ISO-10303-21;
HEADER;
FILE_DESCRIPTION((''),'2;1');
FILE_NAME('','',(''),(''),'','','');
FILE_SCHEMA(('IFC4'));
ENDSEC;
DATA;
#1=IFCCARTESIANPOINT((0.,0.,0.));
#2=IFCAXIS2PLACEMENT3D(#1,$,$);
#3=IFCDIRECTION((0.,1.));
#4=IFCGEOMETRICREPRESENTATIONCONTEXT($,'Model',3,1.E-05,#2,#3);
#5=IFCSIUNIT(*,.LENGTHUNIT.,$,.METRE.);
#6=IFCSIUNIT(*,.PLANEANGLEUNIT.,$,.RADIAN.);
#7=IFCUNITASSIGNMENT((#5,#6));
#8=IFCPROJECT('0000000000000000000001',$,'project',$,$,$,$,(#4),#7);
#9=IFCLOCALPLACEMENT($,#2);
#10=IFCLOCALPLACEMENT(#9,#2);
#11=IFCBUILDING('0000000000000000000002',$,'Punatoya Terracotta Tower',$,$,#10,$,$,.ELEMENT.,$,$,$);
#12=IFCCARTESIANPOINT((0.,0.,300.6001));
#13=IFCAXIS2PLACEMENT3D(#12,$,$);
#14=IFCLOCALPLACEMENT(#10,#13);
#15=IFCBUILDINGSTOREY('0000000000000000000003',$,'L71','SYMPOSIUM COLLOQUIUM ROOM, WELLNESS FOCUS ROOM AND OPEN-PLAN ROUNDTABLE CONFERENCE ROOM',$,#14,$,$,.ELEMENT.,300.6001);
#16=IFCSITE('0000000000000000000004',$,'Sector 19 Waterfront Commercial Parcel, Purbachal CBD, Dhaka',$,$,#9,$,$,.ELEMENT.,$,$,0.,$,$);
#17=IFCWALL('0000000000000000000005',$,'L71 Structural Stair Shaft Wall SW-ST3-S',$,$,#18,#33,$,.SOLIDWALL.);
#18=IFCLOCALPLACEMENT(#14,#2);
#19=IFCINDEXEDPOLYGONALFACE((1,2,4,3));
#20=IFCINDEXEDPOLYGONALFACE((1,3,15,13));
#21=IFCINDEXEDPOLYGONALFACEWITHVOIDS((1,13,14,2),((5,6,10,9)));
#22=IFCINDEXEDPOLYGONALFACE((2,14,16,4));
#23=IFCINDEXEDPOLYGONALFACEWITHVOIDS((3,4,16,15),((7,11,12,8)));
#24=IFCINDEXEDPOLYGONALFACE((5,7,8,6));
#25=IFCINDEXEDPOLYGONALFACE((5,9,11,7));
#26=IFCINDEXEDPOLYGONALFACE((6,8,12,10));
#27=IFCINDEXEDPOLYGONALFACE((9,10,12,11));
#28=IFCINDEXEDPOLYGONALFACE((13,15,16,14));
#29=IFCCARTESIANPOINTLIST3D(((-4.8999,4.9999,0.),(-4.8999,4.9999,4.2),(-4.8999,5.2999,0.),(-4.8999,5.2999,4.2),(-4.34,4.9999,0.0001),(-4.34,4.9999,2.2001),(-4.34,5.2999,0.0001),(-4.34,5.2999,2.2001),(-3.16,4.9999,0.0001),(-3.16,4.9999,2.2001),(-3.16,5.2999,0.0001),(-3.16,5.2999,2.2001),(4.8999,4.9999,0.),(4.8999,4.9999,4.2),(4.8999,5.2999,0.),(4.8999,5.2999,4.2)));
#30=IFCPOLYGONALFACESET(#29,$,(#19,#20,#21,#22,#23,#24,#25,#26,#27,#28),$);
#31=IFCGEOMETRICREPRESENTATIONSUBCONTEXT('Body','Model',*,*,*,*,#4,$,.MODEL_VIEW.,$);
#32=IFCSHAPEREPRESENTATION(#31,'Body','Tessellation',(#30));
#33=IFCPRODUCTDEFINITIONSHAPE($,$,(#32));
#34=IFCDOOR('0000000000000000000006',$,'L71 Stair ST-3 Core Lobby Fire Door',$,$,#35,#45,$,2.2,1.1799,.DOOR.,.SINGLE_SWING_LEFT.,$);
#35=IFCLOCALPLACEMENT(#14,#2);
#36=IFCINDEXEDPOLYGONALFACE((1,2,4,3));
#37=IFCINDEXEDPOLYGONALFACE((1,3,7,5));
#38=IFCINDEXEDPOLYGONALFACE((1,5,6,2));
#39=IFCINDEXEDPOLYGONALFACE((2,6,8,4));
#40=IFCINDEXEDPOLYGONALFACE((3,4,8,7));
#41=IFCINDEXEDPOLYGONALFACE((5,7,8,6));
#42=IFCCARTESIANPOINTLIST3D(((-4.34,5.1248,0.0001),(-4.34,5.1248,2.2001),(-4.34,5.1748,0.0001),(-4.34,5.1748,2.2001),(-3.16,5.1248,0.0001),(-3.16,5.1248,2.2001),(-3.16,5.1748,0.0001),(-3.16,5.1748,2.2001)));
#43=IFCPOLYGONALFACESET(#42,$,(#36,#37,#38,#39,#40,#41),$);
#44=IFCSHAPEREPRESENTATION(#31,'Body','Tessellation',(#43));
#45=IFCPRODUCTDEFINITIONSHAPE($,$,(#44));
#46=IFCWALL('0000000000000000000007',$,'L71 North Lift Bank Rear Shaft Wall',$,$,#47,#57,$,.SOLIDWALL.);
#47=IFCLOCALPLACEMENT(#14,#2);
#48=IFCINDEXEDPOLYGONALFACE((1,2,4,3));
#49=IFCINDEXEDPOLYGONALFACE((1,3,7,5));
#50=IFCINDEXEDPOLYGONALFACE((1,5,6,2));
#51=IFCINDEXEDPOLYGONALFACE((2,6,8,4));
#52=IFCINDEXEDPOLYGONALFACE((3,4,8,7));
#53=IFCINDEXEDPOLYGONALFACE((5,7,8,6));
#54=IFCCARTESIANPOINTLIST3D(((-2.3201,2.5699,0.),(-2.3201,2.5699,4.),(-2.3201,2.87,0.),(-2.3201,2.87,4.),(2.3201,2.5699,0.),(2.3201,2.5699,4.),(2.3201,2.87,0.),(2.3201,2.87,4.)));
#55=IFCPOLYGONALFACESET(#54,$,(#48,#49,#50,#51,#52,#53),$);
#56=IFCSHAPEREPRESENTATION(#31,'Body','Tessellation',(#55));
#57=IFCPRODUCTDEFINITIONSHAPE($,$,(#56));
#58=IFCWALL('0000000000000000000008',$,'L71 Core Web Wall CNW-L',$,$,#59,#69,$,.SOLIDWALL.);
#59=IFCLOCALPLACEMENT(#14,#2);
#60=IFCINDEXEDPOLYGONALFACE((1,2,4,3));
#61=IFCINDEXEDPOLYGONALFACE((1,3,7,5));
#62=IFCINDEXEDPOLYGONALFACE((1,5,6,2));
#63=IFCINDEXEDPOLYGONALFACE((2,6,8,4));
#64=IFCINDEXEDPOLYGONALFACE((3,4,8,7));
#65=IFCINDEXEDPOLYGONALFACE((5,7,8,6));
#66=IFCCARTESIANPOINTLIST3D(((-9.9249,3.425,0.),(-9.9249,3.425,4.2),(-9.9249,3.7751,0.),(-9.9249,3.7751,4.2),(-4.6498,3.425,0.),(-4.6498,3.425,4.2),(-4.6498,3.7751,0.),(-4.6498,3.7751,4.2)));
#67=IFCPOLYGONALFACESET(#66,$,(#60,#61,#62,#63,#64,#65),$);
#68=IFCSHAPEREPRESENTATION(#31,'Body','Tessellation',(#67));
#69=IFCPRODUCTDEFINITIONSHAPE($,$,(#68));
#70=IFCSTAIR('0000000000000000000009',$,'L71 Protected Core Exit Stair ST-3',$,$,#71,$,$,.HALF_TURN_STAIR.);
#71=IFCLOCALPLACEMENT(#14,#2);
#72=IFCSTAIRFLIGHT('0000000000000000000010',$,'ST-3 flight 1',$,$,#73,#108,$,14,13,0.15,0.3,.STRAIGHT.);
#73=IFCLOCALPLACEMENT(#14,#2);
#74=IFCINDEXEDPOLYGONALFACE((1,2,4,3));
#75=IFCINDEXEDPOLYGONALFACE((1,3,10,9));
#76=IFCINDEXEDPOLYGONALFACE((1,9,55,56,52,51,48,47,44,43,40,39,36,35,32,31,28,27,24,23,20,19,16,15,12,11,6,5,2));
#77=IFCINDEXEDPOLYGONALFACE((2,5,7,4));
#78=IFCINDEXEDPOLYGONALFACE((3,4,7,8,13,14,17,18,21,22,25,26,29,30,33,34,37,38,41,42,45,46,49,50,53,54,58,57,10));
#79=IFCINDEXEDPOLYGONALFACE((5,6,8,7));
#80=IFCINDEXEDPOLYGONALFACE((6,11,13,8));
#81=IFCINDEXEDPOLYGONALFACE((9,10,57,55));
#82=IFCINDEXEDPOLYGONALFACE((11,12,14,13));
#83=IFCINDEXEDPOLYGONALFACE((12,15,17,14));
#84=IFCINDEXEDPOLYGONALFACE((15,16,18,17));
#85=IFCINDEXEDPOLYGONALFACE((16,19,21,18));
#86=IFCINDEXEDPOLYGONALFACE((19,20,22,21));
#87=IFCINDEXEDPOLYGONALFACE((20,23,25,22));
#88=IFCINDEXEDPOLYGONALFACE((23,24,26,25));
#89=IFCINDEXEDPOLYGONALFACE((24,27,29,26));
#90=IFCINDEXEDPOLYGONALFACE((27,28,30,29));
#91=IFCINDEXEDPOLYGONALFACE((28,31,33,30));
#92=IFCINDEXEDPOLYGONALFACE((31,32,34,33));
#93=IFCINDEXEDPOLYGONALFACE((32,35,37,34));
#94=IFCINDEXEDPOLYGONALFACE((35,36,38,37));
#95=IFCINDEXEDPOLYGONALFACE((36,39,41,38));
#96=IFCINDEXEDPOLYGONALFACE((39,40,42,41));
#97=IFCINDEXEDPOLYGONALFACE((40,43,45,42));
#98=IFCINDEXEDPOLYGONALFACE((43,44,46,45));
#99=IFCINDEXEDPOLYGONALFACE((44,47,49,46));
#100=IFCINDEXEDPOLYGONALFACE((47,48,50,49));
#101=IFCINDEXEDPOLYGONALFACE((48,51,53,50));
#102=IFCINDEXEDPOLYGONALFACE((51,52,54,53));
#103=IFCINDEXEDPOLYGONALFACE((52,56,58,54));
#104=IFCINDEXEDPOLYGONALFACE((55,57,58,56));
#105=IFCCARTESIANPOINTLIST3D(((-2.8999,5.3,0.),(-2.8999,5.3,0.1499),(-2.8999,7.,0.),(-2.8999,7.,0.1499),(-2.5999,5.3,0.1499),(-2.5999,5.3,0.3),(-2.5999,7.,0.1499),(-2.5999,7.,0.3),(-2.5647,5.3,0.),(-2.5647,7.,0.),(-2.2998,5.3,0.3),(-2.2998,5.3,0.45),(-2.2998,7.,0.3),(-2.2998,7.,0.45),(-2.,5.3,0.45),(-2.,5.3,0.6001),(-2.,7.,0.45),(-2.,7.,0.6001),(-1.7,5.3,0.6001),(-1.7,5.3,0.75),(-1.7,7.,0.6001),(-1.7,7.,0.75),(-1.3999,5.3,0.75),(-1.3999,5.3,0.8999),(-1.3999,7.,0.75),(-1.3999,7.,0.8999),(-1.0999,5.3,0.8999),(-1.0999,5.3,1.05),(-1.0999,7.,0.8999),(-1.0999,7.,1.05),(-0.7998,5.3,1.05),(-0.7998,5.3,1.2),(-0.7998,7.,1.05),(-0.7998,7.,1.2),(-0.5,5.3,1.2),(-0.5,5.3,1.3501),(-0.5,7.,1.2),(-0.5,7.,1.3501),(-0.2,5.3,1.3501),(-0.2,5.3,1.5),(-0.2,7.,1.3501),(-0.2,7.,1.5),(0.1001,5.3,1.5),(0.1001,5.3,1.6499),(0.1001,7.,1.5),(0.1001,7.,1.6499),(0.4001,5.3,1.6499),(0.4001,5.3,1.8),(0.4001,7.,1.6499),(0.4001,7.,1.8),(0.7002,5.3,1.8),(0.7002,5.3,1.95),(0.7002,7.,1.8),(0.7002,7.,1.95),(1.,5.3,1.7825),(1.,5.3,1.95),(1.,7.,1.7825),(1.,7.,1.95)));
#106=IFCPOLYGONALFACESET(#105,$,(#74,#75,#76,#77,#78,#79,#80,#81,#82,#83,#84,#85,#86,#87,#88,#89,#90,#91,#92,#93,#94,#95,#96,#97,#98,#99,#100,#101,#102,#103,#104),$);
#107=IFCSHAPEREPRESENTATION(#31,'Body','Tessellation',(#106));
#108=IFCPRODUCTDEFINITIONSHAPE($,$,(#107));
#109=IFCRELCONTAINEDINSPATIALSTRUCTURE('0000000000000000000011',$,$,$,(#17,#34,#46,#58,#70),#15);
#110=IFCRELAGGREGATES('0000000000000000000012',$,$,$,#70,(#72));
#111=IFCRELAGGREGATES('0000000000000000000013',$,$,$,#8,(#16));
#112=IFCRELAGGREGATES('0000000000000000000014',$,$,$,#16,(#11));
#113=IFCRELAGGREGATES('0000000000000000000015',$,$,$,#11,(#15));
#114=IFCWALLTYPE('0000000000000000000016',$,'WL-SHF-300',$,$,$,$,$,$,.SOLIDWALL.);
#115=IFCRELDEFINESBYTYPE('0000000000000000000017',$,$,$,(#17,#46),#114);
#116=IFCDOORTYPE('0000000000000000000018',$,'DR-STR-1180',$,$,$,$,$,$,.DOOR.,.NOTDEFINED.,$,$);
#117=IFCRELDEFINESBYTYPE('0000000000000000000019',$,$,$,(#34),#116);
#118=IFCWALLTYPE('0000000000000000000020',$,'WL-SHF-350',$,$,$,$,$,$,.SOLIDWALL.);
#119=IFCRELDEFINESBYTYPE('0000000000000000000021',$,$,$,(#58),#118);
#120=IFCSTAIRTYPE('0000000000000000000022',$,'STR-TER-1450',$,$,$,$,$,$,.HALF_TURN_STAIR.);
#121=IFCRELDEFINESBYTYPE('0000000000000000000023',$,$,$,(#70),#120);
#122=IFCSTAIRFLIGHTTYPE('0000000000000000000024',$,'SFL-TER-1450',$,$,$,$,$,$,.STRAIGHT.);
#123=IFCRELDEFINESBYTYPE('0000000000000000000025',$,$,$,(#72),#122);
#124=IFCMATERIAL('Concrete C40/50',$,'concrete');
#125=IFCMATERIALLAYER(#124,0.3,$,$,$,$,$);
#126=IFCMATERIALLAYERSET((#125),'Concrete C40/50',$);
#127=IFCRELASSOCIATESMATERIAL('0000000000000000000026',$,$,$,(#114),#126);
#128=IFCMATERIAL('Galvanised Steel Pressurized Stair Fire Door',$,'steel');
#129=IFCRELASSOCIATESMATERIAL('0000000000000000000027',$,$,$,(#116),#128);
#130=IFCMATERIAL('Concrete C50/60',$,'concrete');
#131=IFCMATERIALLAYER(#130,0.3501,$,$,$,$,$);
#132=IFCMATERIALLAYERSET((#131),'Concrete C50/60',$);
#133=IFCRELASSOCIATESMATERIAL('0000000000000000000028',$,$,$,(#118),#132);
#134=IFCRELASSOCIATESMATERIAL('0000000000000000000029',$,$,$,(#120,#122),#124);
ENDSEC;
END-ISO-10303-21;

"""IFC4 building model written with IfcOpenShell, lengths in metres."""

from ifc_helpers import new_model, si_unit, direction, frame, frame_2d, origin, place, context, subcontext, project, spatial, polyline, rectangle, outline, extrude, material, layer, layer_set, type_object, element, fill, aggregate, save


model = new_model("IFC4")

# Units and contexts
model_context = context("Model", 3, precision=1e-05, world=origin(), true_north=direction((0.0, 1.0)))
body_context = subcontext(model_context, "Body", "Model", "MODEL_VIEW")
ifc_project = project(units=[si_unit("LENGTHUNIT", "METRE"), si_unit("PLANEANGLEUNIT", "RADIAN")], contexts=[model_context])

# Site, building, storey
site_placement = place(None, origin())
site = spatial("IfcSite", under=ifc_project, at=site_placement, Name="Sector 19 Waterfront Commercial Parcel, Purbachal CBD, Dhaka", CompositionType="ELEMENT", RefElevation=0.0)
building_placement = place(site_placement, origin())
building = spatial("IfcBuilding", under=site, at=building_placement, Name="Punatoya Terracotta Tower", CompositionType="ELEMENT")
storey_placement = place(building_placement, frame((0.0, 0.0, 300.6001)))
storey = spatial("IfcBuildingStorey", under=building, at=storey_placement, Name="L71", Description="SYMPOSIUM COLLOQUIUM ROOM, WELLNESS FOCUS ROOM AND OPEN-PLAN ROUNDTABLE CONFERENCE ROOM", CompositionType="ELEMENT", Elevation=300.6001)

# Shared definitions
ifc_material_1 = material(Name="Concrete C50/60", Category="concrete")

# Shared definitions
ifc_material_2 = material(Name="Concrete C40/50", Category="concrete")

# Shared definitions
ifc_layer_1 = layer(ifc_material_2, 0.3)
ifc_layer_set_1 = layer_set([ifc_layer_1], Name="Concrete C40/50")
wall_type_1 = type_object("IfcWallType", Name="WL-SHF-300", PredefinedType="SOLIDWALL", material=ifc_layer_set_1)

# Wall, opening, door
wall_1_placement = place(storey_placement, frame((-4.8999, 5.1499, 0.0), z_axis=(0.0, 0.0, 1.0), x_axis=(1.0, 0.0, 0.0)))
wall_1 = element("IfcWall", 1, at=wall_1_placement, inside=storey, type_object=wall_type_1, Name="L71 Structural Stair Shaft Wall SW-ST3-S", PredefinedType="SOLIDWALL", context=body_context, shape_type="SweptSolid", body=[
    extrude(rectangle(XDim=9.7998, YDim=0.3, at=frame_2d((4.8999, 0.0))), origin(), (0.0, 0.0, 1.0), 4.2),
])
opening_1_placement = place(wall_1_placement, frame((0.5601, 0.0, 0.0)))
opening_1 = element("IfcOpeningElement", 2, at=opening_1_placement, cuts=wall_1, PredefinedType="OPENING", context=body_context, shape_type="SweptSolid", body=[
    extrude(rectangle(XDim=1.1799, YDim=2.2, at=frame_2d((0.5898, 1.1001))), frame((0.0, 0.1599, 0.0), z_axis=(0.0, -1.0, 0.0), x_axis=(1.0, 0.0, 0.0)), (0.0, 0.0, 1.0), 0.3201),
])
ifc_material_3 = material(Name="Galvanised Steel Pressurized Stair Fire Door", Category="steel")
door_type_1 = type_object("IfcDoorType", Name="DR-STR-1180", OperationType="NOTDEFINED", PredefinedType="DOOR", material=ifc_material_3)
door_1_placement = place(opening_1_placement, origin())
door_1 = element("IfcDoor", 3, at=door_1_placement, inside=storey, type_object=door_type_1, Name="L71 Stair ST-3 Core Lobby Fire Door", OperationType="SINGLE_SWING_LEFT", OverallHeight=2.2, OverallWidth=1.1799, PredefinedType="DOOR", context=body_context, shape_type="SweptSolid", body=[
    extrude(rectangle(XDim=1.1799, YDim=2.2, at=frame_2d((0.5898, 1.1001))), frame((0.0, 0.0249, 0.0), z_axis=(0.0, -1.0, 0.0), x_axis=(1.0, 0.0, 0.0)), (0.0, 0.0, 1.0), 0.05),
])
fill(opening_1, door_1)

# Walls
wall_2_placement = place(storey_placement, frame((-2.3201, 2.72, 0.0), z_axis=(0.0, 0.0, 1.0), x_axis=(1.0, 0.0, 0.0)))
element("IfcWall", 4, at=wall_2_placement, inside=storey, type_object=wall_type_1, Name="L71 North Lift Bank Rear Shaft Wall", PredefinedType="SOLIDWALL", context=body_context, shape_type="SweptSolid", body=[
    extrude(rectangle(XDim=4.6401, YDim=0.3, at=frame_2d((2.3201, 0.0))), origin(), (0.0, 0.0, 1.0), 4.0),
])
ifc_layer_2 = layer(ifc_material_1, 0.3501)
ifc_layer_set_2 = layer_set([ifc_layer_2], Name="Concrete C50/60")
wall_type_2 = type_object("IfcWallType", Name="WL-SHF-350", PredefinedType="SOLIDWALL", material=ifc_layer_set_2)
wall_3_placement = place(storey_placement, frame((-9.925, 3.6001, 0.0), z_axis=(0.0, 0.0, 1.0), x_axis=(1.0, 0.0, 0.0)))
element("IfcWall", 5, at=wall_3_placement, inside=storey, type_object=wall_type_2, Name="L71 Core Web Wall CNW-L", PredefinedType="SOLIDWALL", context=body_context, shape_type="SweptSolid", body=[
    extrude(rectangle(XDim=5.2751, YDim=0.3501, at=frame_2d((2.6377, 0.0))), origin(), (0.0, 0.0, 1.0), 4.2),
])

# Stair, stair flight
stair_type = type_object("IfcStairType", Name="STR-TER-1450", PredefinedType="HALF_TURN_STAIR", material=ifc_material_2)
stair_placement = place(storey_placement, origin())
stair = element("IfcStair", 6, at=stair_placement, inside=storey, type_object=stair_type, Name="L71 Protected Core Exit Stair ST-3", PredefinedType="HALF_TURN_STAIR")
stair_flight_type = type_object("IfcStairFlightType", Name="SFL-TER-1450", PredefinedType="STRAIGHT", material=ifc_material_2)
stair_flight_placement = place(storey_placement, frame((-2.8999, 6.1499, 0.0), z_axis=(0.0, 0.0, 1.0), x_axis=(1.0, 0.0, 0.0)))
stair_flight = element("IfcStairFlight", 7, at=stair_flight_placement, type_object=stair_flight_type, Name="ST-3 flight 1", NumberOfRisers=14, NumberOfTreads=13, PredefinedType="STRAIGHT", RiserHeight=0.15, TreadLength=0.3, context=body_context, shape_type="SweptSolid", body=[
    extrude(outline(polyline([(0.0, 0.0), (0.0, 0.1499), (0.3, 0.1499), (0.3, 0.3), (0.6001, 0.3), (0.6001, 0.45), (0.8999, 0.45), (0.8999, 0.6001), (1.2, 0.6001), (1.2, 0.75), (1.5, 0.75), (1.5, 0.8999), (1.8, 0.8999), (1.8, 1.05), (2.1001, 1.05), (2.1001, 1.2), (2.3999, 1.2), (2.3999, 1.3501), (2.7, 1.3501), (2.7, 1.5), (3.0, 1.5), (3.0, 1.6499), (3.3, 1.6499), (3.3, 1.8), (3.6001, 1.8), (3.6001, 1.95), (3.8999, 1.95), (3.8999, 2.1001), (3.8999, 1.7825), (0.3352, 0.0), (0.0, 0.0)])), frame((0.0, 0.8501, 0.0), z_axis=(0.0, -1.0, 0.0), x_axis=(1.0, 0.0, 0.0)), (0.0, 0.0, 1.0), 1.7),
])
aggregate(stair, [stair_flight])

save(model, "model.ifc")
